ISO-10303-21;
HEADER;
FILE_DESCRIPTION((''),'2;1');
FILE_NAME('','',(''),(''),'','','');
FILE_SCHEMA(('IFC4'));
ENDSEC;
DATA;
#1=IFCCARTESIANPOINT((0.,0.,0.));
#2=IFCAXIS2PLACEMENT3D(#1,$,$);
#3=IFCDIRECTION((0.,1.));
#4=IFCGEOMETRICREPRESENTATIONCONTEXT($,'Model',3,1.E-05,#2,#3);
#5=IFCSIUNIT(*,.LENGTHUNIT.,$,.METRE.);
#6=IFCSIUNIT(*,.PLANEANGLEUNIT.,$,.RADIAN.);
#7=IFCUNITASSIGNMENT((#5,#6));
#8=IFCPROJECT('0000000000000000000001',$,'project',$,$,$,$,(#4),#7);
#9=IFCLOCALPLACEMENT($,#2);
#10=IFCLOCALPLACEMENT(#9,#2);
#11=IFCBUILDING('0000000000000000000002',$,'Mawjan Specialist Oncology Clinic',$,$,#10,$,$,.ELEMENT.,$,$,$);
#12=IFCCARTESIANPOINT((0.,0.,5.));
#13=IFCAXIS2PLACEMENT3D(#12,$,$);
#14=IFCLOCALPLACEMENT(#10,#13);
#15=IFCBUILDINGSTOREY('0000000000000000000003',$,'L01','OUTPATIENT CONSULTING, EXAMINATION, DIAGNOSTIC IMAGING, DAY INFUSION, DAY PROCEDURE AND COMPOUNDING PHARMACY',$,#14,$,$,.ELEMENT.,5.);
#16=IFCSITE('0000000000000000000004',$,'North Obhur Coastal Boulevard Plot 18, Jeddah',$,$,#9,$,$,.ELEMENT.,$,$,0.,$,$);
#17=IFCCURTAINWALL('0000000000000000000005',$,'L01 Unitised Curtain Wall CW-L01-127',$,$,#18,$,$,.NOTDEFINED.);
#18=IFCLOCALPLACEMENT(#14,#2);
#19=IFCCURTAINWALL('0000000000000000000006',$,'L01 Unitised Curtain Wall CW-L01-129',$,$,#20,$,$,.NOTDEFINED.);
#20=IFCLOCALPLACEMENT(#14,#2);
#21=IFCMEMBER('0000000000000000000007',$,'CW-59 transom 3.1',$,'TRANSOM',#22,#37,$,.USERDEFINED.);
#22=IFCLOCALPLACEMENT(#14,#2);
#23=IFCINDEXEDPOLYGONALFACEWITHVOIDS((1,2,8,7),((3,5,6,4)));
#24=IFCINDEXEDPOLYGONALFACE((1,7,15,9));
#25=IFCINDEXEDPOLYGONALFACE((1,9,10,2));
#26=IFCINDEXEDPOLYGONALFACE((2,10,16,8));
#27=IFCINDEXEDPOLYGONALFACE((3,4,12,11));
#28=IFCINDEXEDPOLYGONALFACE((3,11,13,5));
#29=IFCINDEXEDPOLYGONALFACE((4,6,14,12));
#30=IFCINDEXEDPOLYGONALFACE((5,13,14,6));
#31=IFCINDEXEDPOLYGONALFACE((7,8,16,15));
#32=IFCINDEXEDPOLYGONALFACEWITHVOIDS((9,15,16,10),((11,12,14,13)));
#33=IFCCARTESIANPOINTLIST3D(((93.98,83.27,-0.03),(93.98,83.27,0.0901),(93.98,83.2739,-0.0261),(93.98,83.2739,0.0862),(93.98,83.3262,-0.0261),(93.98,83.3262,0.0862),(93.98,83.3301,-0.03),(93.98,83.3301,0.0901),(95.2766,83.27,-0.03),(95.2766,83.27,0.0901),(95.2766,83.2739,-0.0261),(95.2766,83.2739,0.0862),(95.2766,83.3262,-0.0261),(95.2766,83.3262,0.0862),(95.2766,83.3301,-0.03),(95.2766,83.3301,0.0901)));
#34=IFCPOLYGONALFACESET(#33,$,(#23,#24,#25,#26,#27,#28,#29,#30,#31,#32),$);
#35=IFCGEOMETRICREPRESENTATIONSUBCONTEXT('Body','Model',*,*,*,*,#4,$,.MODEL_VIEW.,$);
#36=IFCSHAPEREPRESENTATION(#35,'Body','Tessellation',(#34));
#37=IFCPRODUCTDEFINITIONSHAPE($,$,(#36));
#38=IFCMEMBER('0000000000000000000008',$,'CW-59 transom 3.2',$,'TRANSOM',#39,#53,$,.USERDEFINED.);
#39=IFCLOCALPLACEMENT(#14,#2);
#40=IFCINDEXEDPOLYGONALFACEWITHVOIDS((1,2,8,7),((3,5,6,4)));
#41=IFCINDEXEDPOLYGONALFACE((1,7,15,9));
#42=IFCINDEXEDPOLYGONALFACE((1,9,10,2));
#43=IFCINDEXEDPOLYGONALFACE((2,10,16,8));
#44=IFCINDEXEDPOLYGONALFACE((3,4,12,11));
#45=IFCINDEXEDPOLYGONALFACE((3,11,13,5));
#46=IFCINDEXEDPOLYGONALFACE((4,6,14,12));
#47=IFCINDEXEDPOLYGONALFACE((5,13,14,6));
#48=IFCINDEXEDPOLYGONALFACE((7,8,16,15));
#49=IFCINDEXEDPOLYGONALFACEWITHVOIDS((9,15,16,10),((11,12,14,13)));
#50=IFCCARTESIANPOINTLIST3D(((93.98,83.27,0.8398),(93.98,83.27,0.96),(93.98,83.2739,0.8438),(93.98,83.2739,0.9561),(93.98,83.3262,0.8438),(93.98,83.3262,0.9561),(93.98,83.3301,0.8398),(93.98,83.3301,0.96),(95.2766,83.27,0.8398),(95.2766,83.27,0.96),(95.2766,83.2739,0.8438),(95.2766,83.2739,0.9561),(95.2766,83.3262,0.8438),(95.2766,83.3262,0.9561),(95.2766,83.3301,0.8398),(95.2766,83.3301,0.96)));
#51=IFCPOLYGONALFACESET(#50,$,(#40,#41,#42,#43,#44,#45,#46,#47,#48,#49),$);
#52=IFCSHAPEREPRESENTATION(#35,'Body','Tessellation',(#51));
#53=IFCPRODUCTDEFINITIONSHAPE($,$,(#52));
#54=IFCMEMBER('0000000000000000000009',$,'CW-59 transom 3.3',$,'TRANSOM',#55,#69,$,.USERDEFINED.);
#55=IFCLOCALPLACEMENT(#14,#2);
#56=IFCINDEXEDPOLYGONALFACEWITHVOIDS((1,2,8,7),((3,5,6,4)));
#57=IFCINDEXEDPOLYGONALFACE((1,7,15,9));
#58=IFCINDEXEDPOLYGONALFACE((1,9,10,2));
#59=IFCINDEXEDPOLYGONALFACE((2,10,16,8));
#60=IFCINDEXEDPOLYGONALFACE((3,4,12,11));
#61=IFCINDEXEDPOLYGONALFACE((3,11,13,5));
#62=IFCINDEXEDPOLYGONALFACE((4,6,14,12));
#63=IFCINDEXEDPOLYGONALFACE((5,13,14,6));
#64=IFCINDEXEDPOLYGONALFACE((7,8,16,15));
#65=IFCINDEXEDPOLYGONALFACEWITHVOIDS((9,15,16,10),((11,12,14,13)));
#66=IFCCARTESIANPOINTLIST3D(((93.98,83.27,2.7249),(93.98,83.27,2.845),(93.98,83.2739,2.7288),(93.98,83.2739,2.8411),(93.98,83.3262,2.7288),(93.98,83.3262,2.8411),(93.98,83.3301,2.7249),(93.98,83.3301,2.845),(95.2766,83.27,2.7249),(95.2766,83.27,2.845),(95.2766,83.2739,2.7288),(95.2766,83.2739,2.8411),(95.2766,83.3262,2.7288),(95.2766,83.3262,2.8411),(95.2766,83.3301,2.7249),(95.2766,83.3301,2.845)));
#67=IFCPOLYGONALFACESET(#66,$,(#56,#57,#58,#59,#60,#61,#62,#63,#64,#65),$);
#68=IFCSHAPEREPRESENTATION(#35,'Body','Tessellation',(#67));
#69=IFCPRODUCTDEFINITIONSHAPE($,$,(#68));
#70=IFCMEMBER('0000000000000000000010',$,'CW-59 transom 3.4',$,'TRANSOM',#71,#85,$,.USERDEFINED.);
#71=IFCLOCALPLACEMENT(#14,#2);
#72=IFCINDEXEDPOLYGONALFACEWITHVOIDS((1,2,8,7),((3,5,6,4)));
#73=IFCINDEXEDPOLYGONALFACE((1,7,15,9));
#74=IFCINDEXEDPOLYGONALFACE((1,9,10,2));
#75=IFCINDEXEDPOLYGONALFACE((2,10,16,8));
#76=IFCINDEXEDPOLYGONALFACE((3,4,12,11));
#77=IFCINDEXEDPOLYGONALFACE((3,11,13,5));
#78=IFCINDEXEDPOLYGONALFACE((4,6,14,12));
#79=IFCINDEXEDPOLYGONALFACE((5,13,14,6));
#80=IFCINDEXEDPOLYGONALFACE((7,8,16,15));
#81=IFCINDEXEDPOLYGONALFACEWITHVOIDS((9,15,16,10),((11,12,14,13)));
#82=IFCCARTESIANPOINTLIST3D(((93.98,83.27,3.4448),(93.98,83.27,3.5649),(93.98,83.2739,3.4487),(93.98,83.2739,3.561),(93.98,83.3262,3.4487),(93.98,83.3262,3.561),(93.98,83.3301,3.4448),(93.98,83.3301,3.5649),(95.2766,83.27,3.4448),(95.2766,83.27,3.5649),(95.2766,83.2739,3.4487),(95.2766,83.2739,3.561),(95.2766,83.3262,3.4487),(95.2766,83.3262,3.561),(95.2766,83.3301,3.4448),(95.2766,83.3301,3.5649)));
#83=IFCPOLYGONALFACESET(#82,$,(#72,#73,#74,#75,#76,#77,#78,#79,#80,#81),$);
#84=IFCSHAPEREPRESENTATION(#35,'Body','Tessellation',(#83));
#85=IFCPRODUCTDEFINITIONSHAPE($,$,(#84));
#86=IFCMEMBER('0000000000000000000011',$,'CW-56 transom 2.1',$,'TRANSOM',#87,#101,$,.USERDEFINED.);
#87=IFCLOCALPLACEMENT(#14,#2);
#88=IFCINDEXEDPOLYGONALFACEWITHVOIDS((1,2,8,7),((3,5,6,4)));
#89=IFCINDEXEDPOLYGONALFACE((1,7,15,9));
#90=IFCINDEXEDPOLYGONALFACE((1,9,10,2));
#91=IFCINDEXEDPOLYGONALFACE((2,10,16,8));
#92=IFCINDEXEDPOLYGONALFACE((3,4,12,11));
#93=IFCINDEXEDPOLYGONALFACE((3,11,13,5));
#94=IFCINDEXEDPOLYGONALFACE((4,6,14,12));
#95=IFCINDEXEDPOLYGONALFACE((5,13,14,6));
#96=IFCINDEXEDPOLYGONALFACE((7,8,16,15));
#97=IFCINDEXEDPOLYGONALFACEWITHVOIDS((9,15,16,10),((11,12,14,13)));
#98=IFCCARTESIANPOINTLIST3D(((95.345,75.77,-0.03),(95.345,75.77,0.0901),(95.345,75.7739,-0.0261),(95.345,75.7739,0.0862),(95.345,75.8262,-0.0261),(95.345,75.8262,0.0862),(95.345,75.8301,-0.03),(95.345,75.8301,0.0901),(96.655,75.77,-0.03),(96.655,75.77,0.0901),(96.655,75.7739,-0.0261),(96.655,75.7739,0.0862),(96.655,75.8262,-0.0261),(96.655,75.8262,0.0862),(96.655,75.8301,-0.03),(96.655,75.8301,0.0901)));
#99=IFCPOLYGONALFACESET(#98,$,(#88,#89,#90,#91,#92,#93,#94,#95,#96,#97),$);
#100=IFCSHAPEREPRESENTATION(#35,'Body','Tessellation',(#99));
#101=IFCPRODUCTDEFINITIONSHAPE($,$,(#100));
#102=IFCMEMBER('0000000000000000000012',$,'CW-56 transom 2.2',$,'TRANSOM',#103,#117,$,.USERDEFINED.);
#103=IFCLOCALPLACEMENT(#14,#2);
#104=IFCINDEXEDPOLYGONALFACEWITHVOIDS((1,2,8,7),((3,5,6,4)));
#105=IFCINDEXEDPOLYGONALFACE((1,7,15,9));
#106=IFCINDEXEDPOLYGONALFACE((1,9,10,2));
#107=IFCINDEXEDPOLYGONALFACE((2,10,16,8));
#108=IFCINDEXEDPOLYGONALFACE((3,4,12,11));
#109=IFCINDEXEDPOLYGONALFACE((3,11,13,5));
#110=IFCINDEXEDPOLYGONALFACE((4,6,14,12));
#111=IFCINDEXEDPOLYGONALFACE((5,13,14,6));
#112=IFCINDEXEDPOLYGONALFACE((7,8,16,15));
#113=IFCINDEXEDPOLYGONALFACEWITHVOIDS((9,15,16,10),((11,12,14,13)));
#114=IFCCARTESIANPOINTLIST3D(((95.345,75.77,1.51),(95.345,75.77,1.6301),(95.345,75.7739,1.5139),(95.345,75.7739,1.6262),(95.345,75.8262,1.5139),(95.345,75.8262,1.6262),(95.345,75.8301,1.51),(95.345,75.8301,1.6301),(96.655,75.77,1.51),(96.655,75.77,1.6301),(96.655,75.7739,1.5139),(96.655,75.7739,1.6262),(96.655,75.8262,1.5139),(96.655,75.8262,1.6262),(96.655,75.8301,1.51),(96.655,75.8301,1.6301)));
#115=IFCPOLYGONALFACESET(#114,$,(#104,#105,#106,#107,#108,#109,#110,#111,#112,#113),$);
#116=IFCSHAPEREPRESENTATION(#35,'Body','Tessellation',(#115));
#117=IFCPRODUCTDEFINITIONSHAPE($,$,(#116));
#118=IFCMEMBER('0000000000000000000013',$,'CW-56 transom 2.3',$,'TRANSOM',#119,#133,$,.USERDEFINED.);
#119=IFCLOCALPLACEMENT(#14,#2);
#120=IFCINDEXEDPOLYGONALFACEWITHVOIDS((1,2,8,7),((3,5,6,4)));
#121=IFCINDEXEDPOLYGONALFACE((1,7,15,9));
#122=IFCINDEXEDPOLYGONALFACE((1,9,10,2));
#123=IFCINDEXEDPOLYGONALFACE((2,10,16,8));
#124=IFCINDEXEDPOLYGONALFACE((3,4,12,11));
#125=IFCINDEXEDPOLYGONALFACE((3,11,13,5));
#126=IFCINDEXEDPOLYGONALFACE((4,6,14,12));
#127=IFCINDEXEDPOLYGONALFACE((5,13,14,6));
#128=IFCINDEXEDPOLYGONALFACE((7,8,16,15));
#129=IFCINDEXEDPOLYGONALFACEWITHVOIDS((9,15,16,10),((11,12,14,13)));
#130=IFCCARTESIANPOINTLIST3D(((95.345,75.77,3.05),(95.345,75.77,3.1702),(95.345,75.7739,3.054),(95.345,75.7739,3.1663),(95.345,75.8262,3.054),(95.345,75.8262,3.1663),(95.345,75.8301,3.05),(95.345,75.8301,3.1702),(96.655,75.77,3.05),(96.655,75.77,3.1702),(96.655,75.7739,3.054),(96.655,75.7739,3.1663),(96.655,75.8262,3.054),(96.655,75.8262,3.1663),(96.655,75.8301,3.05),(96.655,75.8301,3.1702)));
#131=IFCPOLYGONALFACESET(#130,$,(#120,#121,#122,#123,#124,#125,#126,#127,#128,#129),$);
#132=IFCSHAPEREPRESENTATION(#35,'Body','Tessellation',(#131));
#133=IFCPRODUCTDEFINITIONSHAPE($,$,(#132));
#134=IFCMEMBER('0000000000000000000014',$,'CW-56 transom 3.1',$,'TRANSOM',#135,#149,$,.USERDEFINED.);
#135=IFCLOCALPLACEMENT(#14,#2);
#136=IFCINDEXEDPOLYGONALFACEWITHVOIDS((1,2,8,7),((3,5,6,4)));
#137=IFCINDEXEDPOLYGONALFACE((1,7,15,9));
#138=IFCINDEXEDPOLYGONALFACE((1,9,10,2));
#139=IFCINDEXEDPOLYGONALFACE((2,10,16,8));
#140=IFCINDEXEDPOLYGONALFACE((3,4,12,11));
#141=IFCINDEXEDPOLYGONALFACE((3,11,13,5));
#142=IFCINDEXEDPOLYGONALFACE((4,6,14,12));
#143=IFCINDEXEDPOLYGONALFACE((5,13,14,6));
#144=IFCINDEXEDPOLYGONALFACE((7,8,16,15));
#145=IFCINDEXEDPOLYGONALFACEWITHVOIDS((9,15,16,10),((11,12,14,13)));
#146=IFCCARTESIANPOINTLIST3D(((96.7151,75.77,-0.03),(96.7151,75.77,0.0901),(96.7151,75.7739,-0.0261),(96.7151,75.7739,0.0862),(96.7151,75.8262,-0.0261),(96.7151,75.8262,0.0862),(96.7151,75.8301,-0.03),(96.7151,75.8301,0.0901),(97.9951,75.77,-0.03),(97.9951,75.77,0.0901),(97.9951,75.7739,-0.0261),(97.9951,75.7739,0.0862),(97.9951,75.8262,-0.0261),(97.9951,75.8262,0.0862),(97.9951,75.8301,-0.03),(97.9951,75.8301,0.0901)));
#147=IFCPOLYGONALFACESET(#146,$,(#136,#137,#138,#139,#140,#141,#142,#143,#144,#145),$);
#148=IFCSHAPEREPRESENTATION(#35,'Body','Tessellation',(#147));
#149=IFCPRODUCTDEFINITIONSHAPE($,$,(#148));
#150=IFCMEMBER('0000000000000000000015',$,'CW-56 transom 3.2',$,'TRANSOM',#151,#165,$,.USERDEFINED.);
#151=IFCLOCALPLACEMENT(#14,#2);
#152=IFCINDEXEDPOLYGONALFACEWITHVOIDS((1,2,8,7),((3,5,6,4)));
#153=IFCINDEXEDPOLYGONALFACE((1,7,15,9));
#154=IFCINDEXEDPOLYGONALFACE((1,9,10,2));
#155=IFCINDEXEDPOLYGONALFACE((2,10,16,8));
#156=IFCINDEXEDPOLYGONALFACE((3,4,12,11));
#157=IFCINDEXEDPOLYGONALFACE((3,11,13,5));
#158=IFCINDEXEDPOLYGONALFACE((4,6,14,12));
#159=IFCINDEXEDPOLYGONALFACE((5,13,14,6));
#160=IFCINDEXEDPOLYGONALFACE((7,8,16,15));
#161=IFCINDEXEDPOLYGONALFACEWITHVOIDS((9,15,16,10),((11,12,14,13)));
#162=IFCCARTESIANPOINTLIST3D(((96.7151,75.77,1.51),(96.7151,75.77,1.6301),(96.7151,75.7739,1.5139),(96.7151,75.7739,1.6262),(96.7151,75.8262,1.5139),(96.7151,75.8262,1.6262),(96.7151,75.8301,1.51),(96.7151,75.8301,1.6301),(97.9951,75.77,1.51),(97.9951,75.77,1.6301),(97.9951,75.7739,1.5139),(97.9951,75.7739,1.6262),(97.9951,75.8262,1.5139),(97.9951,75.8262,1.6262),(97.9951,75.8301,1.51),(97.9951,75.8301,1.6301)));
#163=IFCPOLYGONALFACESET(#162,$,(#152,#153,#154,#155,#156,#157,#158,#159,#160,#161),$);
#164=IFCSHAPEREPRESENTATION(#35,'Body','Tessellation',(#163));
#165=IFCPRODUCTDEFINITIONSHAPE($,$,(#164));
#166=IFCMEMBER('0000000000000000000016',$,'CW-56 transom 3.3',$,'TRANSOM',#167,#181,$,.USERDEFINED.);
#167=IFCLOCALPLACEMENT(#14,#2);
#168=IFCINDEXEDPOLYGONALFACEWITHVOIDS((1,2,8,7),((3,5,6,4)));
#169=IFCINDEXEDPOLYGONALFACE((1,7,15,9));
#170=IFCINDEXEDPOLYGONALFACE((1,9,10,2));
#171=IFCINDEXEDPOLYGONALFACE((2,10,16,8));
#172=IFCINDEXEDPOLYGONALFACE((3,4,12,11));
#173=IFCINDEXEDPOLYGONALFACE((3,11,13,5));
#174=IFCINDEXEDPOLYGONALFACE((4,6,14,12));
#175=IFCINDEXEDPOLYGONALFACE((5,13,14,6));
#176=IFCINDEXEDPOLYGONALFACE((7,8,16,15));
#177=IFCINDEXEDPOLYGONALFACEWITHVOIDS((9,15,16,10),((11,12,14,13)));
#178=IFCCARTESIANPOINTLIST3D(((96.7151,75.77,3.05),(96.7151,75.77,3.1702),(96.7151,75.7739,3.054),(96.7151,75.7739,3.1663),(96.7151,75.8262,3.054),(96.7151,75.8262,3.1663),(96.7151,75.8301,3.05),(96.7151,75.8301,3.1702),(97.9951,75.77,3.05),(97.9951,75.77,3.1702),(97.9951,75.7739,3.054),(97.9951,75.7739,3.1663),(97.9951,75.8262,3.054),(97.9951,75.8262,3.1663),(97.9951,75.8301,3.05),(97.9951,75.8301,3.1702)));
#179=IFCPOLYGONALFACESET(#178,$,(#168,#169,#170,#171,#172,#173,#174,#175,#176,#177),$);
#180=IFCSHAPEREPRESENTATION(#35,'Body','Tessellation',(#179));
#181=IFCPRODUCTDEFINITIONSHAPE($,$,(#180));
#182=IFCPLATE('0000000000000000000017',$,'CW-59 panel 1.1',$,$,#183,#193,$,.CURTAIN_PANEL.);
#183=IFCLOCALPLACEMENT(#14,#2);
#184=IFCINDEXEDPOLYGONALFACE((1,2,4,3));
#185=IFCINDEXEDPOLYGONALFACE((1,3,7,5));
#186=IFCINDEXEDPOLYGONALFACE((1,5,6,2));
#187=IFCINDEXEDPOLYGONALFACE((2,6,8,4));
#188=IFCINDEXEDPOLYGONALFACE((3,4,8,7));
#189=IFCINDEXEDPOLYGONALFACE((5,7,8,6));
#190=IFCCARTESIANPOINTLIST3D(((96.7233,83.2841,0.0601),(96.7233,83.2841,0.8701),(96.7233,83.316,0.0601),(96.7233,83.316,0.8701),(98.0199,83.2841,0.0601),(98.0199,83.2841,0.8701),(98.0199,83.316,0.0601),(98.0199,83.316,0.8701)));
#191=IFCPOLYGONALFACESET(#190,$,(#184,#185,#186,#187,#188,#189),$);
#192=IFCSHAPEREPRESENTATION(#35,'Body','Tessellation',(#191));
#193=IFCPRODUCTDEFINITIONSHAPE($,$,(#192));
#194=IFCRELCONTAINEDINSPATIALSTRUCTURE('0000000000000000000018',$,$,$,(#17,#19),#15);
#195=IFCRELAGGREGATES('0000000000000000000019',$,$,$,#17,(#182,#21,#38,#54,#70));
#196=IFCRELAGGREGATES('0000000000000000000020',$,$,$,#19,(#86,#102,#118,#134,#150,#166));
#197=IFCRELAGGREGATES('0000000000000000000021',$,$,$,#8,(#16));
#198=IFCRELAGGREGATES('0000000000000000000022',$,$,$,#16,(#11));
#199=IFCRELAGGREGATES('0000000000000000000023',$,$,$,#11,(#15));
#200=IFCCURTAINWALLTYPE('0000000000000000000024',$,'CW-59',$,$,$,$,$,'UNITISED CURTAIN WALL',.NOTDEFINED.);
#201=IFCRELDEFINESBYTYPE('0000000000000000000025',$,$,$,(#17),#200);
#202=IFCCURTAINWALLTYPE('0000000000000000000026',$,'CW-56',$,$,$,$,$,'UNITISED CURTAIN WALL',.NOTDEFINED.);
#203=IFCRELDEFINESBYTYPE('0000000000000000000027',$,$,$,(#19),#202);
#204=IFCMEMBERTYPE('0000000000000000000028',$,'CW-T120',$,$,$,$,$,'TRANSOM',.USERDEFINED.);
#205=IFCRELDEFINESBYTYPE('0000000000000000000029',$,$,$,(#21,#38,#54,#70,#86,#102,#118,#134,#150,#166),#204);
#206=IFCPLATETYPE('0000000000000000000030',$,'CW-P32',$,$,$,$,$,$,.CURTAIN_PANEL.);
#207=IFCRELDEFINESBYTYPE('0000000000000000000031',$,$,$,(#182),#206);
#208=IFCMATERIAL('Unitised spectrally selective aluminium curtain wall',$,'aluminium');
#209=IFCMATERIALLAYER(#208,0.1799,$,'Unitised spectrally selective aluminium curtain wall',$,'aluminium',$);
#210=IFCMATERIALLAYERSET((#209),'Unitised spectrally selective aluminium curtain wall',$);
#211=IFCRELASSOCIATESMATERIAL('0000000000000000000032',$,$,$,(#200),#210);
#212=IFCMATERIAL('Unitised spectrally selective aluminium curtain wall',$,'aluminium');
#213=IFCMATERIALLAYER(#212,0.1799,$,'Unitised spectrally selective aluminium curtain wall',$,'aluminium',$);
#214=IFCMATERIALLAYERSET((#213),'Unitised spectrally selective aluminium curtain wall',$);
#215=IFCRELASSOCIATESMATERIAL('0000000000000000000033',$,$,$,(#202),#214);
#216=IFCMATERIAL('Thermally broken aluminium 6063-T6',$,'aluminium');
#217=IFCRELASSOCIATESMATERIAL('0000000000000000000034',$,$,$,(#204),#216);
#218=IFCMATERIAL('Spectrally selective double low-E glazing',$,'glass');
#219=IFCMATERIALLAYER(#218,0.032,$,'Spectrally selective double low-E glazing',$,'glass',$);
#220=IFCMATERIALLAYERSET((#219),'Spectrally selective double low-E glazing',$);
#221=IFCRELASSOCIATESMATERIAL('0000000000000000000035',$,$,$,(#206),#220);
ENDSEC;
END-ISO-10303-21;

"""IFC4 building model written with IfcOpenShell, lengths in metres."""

from ifc_helpers import new_model, si_unit, direction, frame, origin, origin_2d, place, context, subcontext, project, spatial, rectangle, hollow_rectangle, extrude, material, layer, layer_set, material_profile, profile_set, type_object, element, aggregate, save


model = new_model("IFC4")

# Units and contexts
model_context = context("Model", 3, precision=1e-05, world=origin(), true_north=direction((0.0, 1.0)))
body_context = subcontext(model_context, "Body", "Model", "MODEL_VIEW")
ifc_project = project(units=[si_unit("LENGTHUNIT", "METRE"), si_unit("PLANEANGLEUNIT", "RADIAN")], contexts=[model_context])

# Site, building, storey
site_placement = place(None, origin())
site = spatial("IfcSite", under=ifc_project, at=site_placement, Name="North Obhur Coastal Boulevard Plot 18, Jeddah", CompositionType="ELEMENT", RefElevation=0.0)
building_placement = place(site_placement, origin())
building = spatial("IfcBuilding", under=site, at=building_placement, Name="Mawjan Specialist Oncology Clinic", CompositionType="ELEMENT")
storey_placement = place(building_placement, frame((0.0, 0.0, 5.0)))
storey = spatial("IfcBuildingStorey", under=building, at=storey_placement, Name="L01", Description="OUTPATIENT CONSULTING, EXAMINATION, DIAGNOSTIC IMAGING, DAY INFUSION, DAY PROCEDURE AND COMPOUNDING PHARMACY", CompositionType="ELEMENT", Elevation=5.0)

# Curtain walls
ifc_material_1 = material(Name="Unitised spectrally selective aluminium curtain wall", Category="aluminium")
ifc_layer_1 = layer(ifc_material_1, 0.1799, Name="Unitised spectrally selective aluminium curtain wall", Category="aluminium")
ifc_layer_set_1 = layer_set([ifc_layer_1], Name="Unitised spectrally selective aluminium curtain wall")
curtain_wall_type_1 = type_object("IfcCurtainWallType", Name="CW-59", ElementType="UNITISED CURTAIN WALL", PredefinedType="NOTDEFINED", material=ifc_layer_set_1)
curtain_wall_1_placement = place(storey_placement, origin())
curtain_wall_1 = element("IfcCurtainWall", 1, at=curtain_wall_1_placement, inside=storey, type_object=curtain_wall_type_1, Name="L01 Unitised Curtain Wall CW-L01-127", PredefinedType="NOTDEFINED")
ifc_material_2 = material(Name="Unitised spectrally selective aluminium curtain wall", Category="aluminium")
ifc_layer_2 = layer(ifc_material_2, 0.1799, Name="Unitised spectrally selective aluminium curtain wall", Category="aluminium")
ifc_layer_set_2 = layer_set([ifc_layer_2], Name="Unitised spectrally selective aluminium curtain wall")
curtain_wall_type_2 = type_object("IfcCurtainWallType", Name="CW-56", ElementType="UNITISED CURTAIN WALL", PredefinedType="NOTDEFINED", material=ifc_layer_set_2)
curtain_wall_2_placement = place(storey_placement, origin())
curtain_wall_2 = element("IfcCurtainWall", 2, at=curtain_wall_2_placement, inside=storey, type_object=curtain_wall_type_2, Name="L01 Unitised Curtain Wall CW-L01-129", PredefinedType="NOTDEFINED")

# Members
ifc_material_3 = material(Name="Thermally broken aluminium 6063-T6", Category="aluminium")
ifc_material_profile_1 = material_profile(ifc_material_3, hollow_rectangle(XDim=0.0601, YDim=0.1201, WallThickness=0.0039, at=origin_2d()), Name="ALU TRANSOM 120x60x4", Category="aluminium")
ifc_profile_set_1 = profile_set([ifc_material_profile_1], Name="Thermally broken aluminium 6063-T6")
member_type_1 = type_object("IfcMemberType", Name="CW-T120", ElementType="TRANSOM", PredefinedType="USERDEFINED", material=ifc_profile_set_1)
member_1_placement = place(storey_placement, frame((95.2766, 83.3, 0.03), z_axis=(-1.0, 0.0, 0.0), x_axis=(0.0, -1.0, 0.0)))
member_1 = element("IfcMember", 3, at=member_1_placement, type_object=member_type_1, Name="CW-59 transom 3.1", ObjectType="TRANSOM", PredefinedType="USERDEFINED", context=body_context, shape_type="SweptSolid", body=[
    extrude(hollow_rectangle(XDim=0.0601, YDim=0.1201, WallThickness=0.0039, at=origin_2d()), origin(), (0.0, 0.0, 1.0), 1.2966),
])
member_2_placement = place(storey_placement, frame((95.2766, 83.3, 0.8999), z_axis=(-1.0, 0.0, 0.0), x_axis=(0.0, -1.0, 0.0)))
member_2 = element("IfcMember", 4, at=member_2_placement, type_object=member_type_1, Name="CW-59 transom 3.2", ObjectType="TRANSOM", PredefinedType="USERDEFINED", context=body_context, shape_type="SweptSolid", body=[
    extrude(hollow_rectangle(XDim=0.0601, YDim=0.1201, WallThickness=0.0039, at=origin_2d()), origin(), (0.0, 0.0, 1.0), 1.2966),
])
member_3_placement = place(storey_placement, frame((95.2766, 83.3, 2.7849), z_axis=(-1.0, 0.0, 0.0), x_axis=(0.0, -1.0, 0.0)))
member_3 = element("IfcMember", 5, at=member_3_placement, type_object=member_type_1, Name="CW-59 transom 3.3", ObjectType="TRANSOM", PredefinedType="USERDEFINED", context=body_context, shape_type="SweptSolid", body=[
    extrude(hollow_rectangle(XDim=0.0601, YDim=0.1201, WallThickness=0.0039, at=origin_2d()), origin(), (0.0, 0.0, 1.0), 1.2966),
])
member_4_placement = place(storey_placement, frame((95.2766, 83.3, 3.5049), z_axis=(-1.0, 0.0, 0.0), x_axis=(0.0, -1.0, 0.0)))
member_4 = element("IfcMember", 6, at=member_4_placement, type_object=member_type_1, Name="CW-59 transom 3.4", ObjectType="TRANSOM", PredefinedType="USERDEFINED", context=body_context, shape_type="SweptSolid", body=[
    extrude(hollow_rectangle(XDim=0.0601, YDim=0.1201, WallThickness=0.0039, at=origin_2d()), origin(), (0.0, 0.0, 1.0), 1.2966),
])
member_5_placement = place(storey_placement, frame((95.345, 75.8, 0.03), z_axis=(1.0, 0.0, 0.0), x_axis=(0.0, 1.0, 0.0)))
member_5 = element("IfcMember", 7, at=member_5_placement, type_object=member_type_1, Name="CW-56 transom 2.1", ObjectType="TRANSOM", PredefinedType="USERDEFINED", context=body_context, shape_type="SweptSolid", body=[
    extrude(hollow_rectangle(XDim=0.0601, YDim=0.1201, WallThickness=0.0039, at=origin_2d()), origin(), (0.0, 0.0, 1.0), 1.3101),
])
member_6_placement = place(storey_placement, frame((95.345, 75.8, 1.5701), z_axis=(1.0, 0.0, 0.0), x_axis=(0.0, 1.0, 0.0)))
member_6 = element("IfcMember", 8, at=member_6_placement, type_object=member_type_1, Name="CW-56 transom 2.2", ObjectType="TRANSOM", PredefinedType="USERDEFINED", context=body_context, shape_type="SweptSolid", body=[
    extrude(hollow_rectangle(XDim=0.0601, YDim=0.1201, WallThickness=0.0039, at=origin_2d()), origin(), (0.0, 0.0, 1.0), 1.3101),
])
member_7_placement = place(storey_placement, frame((95.345, 75.8, 3.1101), z_axis=(1.0, 0.0, 0.0), x_axis=(0.0, 1.0, 0.0)))
member_7 = element("IfcMember", 9, at=member_7_placement, type_object=member_type_1, Name="CW-56 transom 2.3", ObjectType="TRANSOM", PredefinedType="USERDEFINED", context=body_context, shape_type="SweptSolid", body=[
    extrude(hollow_rectangle(XDim=0.0601, YDim=0.1201, WallThickness=0.0039, at=origin_2d()), origin(), (0.0, 0.0, 1.0), 1.3101),
])
member_8_placement = place(storey_placement, frame((96.7151, 75.8, 0.03), z_axis=(1.0, 0.0, 0.0), x_axis=(0.0, 1.0, 0.0)))
member_8 = element("IfcMember", 10, at=member_8_placement, type_object=member_type_1, Name="CW-56 transom 3.1", ObjectType="TRANSOM", PredefinedType="USERDEFINED", context=body_context, shape_type="SweptSolid", body=[
    extrude(hollow_rectangle(XDim=0.0601, YDim=0.1201, WallThickness=0.0039, at=origin_2d()), origin(), (0.0, 0.0, 1.0), 1.28),
])
member_9_placement = place(storey_placement, frame((96.7151, 75.8, 1.5701), z_axis=(1.0, 0.0, 0.0), x_axis=(0.0, 1.0, 0.0)))
member_9 = element("IfcMember", 11, at=member_9_placement, type_object=member_type_1, Name="CW-56 transom 3.2", ObjectType="TRANSOM", PredefinedType="USERDEFINED", context=body_context, shape_type="SweptSolid", body=[
    extrude(hollow_rectangle(XDim=0.0601, YDim=0.1201, WallThickness=0.0039, at=origin_2d()), origin(), (0.0, 0.0, 1.0), 1.28),
])
member_10_placement = place(storey_placement, frame((96.7151, 75.8, 3.1101), z_axis=(1.0, 0.0, 0.0), x_axis=(0.0, 1.0, 0.0)))
member_10 = element("IfcMember", 12, at=member_10_placement, type_object=member_type_1, Name="CW-56 transom 3.3", ObjectType="TRANSOM", PredefinedType="USERDEFINED", context=body_context, shape_type="SweptSolid", body=[
    extrude(hollow_rectangle(XDim=0.0601, YDim=0.1201, WallThickness=0.0039, at=origin_2d()), origin(), (0.0, 0.0, 1.0), 1.28),
])

# Plate
ifc_material_4 = material(Name="Spectrally selective double low-E glazing", Category="glass")
ifc_layer_3 = layer(ifc_material_4, 0.032, Name="Spectrally selective double low-E glazing", Category="glass")
ifc_layer_set_3 = layer_set([ifc_layer_3], Name="Spectrally selective double low-E glazing")
plate_type = type_object("IfcPlateType", Name="CW-P32", PredefinedType="CURTAIN_PANEL", material=ifc_layer_set_3)
plate_1_placement = place(storey_placement, frame((97.3716, 83.3, 0.0601), z_axis=(0.0, 0.0, 1.0), x_axis=(-1.0, 0.0, 0.0)))
plate_1 = element("IfcPlate", 13, at=plate_1_placement, type_object=plate_type, Name="CW-59 panel 1.1", PredefinedType="CURTAIN_PANEL", context=body_context, shape_type="SweptSolid", body=[
    extrude(rectangle(XDim=1.2966, YDim=0.032, at=origin_2d()), origin(), (0.0, 0.0, 1.0), 0.8101),
])
aggregate(curtain_wall_1, [plate_1, member_1, member_2, member_3, member_4])
aggregate(curtain_wall_2, [member_5, member_6, member_7, member_8, member_9, member_10])

save(model, "model.ifc")
